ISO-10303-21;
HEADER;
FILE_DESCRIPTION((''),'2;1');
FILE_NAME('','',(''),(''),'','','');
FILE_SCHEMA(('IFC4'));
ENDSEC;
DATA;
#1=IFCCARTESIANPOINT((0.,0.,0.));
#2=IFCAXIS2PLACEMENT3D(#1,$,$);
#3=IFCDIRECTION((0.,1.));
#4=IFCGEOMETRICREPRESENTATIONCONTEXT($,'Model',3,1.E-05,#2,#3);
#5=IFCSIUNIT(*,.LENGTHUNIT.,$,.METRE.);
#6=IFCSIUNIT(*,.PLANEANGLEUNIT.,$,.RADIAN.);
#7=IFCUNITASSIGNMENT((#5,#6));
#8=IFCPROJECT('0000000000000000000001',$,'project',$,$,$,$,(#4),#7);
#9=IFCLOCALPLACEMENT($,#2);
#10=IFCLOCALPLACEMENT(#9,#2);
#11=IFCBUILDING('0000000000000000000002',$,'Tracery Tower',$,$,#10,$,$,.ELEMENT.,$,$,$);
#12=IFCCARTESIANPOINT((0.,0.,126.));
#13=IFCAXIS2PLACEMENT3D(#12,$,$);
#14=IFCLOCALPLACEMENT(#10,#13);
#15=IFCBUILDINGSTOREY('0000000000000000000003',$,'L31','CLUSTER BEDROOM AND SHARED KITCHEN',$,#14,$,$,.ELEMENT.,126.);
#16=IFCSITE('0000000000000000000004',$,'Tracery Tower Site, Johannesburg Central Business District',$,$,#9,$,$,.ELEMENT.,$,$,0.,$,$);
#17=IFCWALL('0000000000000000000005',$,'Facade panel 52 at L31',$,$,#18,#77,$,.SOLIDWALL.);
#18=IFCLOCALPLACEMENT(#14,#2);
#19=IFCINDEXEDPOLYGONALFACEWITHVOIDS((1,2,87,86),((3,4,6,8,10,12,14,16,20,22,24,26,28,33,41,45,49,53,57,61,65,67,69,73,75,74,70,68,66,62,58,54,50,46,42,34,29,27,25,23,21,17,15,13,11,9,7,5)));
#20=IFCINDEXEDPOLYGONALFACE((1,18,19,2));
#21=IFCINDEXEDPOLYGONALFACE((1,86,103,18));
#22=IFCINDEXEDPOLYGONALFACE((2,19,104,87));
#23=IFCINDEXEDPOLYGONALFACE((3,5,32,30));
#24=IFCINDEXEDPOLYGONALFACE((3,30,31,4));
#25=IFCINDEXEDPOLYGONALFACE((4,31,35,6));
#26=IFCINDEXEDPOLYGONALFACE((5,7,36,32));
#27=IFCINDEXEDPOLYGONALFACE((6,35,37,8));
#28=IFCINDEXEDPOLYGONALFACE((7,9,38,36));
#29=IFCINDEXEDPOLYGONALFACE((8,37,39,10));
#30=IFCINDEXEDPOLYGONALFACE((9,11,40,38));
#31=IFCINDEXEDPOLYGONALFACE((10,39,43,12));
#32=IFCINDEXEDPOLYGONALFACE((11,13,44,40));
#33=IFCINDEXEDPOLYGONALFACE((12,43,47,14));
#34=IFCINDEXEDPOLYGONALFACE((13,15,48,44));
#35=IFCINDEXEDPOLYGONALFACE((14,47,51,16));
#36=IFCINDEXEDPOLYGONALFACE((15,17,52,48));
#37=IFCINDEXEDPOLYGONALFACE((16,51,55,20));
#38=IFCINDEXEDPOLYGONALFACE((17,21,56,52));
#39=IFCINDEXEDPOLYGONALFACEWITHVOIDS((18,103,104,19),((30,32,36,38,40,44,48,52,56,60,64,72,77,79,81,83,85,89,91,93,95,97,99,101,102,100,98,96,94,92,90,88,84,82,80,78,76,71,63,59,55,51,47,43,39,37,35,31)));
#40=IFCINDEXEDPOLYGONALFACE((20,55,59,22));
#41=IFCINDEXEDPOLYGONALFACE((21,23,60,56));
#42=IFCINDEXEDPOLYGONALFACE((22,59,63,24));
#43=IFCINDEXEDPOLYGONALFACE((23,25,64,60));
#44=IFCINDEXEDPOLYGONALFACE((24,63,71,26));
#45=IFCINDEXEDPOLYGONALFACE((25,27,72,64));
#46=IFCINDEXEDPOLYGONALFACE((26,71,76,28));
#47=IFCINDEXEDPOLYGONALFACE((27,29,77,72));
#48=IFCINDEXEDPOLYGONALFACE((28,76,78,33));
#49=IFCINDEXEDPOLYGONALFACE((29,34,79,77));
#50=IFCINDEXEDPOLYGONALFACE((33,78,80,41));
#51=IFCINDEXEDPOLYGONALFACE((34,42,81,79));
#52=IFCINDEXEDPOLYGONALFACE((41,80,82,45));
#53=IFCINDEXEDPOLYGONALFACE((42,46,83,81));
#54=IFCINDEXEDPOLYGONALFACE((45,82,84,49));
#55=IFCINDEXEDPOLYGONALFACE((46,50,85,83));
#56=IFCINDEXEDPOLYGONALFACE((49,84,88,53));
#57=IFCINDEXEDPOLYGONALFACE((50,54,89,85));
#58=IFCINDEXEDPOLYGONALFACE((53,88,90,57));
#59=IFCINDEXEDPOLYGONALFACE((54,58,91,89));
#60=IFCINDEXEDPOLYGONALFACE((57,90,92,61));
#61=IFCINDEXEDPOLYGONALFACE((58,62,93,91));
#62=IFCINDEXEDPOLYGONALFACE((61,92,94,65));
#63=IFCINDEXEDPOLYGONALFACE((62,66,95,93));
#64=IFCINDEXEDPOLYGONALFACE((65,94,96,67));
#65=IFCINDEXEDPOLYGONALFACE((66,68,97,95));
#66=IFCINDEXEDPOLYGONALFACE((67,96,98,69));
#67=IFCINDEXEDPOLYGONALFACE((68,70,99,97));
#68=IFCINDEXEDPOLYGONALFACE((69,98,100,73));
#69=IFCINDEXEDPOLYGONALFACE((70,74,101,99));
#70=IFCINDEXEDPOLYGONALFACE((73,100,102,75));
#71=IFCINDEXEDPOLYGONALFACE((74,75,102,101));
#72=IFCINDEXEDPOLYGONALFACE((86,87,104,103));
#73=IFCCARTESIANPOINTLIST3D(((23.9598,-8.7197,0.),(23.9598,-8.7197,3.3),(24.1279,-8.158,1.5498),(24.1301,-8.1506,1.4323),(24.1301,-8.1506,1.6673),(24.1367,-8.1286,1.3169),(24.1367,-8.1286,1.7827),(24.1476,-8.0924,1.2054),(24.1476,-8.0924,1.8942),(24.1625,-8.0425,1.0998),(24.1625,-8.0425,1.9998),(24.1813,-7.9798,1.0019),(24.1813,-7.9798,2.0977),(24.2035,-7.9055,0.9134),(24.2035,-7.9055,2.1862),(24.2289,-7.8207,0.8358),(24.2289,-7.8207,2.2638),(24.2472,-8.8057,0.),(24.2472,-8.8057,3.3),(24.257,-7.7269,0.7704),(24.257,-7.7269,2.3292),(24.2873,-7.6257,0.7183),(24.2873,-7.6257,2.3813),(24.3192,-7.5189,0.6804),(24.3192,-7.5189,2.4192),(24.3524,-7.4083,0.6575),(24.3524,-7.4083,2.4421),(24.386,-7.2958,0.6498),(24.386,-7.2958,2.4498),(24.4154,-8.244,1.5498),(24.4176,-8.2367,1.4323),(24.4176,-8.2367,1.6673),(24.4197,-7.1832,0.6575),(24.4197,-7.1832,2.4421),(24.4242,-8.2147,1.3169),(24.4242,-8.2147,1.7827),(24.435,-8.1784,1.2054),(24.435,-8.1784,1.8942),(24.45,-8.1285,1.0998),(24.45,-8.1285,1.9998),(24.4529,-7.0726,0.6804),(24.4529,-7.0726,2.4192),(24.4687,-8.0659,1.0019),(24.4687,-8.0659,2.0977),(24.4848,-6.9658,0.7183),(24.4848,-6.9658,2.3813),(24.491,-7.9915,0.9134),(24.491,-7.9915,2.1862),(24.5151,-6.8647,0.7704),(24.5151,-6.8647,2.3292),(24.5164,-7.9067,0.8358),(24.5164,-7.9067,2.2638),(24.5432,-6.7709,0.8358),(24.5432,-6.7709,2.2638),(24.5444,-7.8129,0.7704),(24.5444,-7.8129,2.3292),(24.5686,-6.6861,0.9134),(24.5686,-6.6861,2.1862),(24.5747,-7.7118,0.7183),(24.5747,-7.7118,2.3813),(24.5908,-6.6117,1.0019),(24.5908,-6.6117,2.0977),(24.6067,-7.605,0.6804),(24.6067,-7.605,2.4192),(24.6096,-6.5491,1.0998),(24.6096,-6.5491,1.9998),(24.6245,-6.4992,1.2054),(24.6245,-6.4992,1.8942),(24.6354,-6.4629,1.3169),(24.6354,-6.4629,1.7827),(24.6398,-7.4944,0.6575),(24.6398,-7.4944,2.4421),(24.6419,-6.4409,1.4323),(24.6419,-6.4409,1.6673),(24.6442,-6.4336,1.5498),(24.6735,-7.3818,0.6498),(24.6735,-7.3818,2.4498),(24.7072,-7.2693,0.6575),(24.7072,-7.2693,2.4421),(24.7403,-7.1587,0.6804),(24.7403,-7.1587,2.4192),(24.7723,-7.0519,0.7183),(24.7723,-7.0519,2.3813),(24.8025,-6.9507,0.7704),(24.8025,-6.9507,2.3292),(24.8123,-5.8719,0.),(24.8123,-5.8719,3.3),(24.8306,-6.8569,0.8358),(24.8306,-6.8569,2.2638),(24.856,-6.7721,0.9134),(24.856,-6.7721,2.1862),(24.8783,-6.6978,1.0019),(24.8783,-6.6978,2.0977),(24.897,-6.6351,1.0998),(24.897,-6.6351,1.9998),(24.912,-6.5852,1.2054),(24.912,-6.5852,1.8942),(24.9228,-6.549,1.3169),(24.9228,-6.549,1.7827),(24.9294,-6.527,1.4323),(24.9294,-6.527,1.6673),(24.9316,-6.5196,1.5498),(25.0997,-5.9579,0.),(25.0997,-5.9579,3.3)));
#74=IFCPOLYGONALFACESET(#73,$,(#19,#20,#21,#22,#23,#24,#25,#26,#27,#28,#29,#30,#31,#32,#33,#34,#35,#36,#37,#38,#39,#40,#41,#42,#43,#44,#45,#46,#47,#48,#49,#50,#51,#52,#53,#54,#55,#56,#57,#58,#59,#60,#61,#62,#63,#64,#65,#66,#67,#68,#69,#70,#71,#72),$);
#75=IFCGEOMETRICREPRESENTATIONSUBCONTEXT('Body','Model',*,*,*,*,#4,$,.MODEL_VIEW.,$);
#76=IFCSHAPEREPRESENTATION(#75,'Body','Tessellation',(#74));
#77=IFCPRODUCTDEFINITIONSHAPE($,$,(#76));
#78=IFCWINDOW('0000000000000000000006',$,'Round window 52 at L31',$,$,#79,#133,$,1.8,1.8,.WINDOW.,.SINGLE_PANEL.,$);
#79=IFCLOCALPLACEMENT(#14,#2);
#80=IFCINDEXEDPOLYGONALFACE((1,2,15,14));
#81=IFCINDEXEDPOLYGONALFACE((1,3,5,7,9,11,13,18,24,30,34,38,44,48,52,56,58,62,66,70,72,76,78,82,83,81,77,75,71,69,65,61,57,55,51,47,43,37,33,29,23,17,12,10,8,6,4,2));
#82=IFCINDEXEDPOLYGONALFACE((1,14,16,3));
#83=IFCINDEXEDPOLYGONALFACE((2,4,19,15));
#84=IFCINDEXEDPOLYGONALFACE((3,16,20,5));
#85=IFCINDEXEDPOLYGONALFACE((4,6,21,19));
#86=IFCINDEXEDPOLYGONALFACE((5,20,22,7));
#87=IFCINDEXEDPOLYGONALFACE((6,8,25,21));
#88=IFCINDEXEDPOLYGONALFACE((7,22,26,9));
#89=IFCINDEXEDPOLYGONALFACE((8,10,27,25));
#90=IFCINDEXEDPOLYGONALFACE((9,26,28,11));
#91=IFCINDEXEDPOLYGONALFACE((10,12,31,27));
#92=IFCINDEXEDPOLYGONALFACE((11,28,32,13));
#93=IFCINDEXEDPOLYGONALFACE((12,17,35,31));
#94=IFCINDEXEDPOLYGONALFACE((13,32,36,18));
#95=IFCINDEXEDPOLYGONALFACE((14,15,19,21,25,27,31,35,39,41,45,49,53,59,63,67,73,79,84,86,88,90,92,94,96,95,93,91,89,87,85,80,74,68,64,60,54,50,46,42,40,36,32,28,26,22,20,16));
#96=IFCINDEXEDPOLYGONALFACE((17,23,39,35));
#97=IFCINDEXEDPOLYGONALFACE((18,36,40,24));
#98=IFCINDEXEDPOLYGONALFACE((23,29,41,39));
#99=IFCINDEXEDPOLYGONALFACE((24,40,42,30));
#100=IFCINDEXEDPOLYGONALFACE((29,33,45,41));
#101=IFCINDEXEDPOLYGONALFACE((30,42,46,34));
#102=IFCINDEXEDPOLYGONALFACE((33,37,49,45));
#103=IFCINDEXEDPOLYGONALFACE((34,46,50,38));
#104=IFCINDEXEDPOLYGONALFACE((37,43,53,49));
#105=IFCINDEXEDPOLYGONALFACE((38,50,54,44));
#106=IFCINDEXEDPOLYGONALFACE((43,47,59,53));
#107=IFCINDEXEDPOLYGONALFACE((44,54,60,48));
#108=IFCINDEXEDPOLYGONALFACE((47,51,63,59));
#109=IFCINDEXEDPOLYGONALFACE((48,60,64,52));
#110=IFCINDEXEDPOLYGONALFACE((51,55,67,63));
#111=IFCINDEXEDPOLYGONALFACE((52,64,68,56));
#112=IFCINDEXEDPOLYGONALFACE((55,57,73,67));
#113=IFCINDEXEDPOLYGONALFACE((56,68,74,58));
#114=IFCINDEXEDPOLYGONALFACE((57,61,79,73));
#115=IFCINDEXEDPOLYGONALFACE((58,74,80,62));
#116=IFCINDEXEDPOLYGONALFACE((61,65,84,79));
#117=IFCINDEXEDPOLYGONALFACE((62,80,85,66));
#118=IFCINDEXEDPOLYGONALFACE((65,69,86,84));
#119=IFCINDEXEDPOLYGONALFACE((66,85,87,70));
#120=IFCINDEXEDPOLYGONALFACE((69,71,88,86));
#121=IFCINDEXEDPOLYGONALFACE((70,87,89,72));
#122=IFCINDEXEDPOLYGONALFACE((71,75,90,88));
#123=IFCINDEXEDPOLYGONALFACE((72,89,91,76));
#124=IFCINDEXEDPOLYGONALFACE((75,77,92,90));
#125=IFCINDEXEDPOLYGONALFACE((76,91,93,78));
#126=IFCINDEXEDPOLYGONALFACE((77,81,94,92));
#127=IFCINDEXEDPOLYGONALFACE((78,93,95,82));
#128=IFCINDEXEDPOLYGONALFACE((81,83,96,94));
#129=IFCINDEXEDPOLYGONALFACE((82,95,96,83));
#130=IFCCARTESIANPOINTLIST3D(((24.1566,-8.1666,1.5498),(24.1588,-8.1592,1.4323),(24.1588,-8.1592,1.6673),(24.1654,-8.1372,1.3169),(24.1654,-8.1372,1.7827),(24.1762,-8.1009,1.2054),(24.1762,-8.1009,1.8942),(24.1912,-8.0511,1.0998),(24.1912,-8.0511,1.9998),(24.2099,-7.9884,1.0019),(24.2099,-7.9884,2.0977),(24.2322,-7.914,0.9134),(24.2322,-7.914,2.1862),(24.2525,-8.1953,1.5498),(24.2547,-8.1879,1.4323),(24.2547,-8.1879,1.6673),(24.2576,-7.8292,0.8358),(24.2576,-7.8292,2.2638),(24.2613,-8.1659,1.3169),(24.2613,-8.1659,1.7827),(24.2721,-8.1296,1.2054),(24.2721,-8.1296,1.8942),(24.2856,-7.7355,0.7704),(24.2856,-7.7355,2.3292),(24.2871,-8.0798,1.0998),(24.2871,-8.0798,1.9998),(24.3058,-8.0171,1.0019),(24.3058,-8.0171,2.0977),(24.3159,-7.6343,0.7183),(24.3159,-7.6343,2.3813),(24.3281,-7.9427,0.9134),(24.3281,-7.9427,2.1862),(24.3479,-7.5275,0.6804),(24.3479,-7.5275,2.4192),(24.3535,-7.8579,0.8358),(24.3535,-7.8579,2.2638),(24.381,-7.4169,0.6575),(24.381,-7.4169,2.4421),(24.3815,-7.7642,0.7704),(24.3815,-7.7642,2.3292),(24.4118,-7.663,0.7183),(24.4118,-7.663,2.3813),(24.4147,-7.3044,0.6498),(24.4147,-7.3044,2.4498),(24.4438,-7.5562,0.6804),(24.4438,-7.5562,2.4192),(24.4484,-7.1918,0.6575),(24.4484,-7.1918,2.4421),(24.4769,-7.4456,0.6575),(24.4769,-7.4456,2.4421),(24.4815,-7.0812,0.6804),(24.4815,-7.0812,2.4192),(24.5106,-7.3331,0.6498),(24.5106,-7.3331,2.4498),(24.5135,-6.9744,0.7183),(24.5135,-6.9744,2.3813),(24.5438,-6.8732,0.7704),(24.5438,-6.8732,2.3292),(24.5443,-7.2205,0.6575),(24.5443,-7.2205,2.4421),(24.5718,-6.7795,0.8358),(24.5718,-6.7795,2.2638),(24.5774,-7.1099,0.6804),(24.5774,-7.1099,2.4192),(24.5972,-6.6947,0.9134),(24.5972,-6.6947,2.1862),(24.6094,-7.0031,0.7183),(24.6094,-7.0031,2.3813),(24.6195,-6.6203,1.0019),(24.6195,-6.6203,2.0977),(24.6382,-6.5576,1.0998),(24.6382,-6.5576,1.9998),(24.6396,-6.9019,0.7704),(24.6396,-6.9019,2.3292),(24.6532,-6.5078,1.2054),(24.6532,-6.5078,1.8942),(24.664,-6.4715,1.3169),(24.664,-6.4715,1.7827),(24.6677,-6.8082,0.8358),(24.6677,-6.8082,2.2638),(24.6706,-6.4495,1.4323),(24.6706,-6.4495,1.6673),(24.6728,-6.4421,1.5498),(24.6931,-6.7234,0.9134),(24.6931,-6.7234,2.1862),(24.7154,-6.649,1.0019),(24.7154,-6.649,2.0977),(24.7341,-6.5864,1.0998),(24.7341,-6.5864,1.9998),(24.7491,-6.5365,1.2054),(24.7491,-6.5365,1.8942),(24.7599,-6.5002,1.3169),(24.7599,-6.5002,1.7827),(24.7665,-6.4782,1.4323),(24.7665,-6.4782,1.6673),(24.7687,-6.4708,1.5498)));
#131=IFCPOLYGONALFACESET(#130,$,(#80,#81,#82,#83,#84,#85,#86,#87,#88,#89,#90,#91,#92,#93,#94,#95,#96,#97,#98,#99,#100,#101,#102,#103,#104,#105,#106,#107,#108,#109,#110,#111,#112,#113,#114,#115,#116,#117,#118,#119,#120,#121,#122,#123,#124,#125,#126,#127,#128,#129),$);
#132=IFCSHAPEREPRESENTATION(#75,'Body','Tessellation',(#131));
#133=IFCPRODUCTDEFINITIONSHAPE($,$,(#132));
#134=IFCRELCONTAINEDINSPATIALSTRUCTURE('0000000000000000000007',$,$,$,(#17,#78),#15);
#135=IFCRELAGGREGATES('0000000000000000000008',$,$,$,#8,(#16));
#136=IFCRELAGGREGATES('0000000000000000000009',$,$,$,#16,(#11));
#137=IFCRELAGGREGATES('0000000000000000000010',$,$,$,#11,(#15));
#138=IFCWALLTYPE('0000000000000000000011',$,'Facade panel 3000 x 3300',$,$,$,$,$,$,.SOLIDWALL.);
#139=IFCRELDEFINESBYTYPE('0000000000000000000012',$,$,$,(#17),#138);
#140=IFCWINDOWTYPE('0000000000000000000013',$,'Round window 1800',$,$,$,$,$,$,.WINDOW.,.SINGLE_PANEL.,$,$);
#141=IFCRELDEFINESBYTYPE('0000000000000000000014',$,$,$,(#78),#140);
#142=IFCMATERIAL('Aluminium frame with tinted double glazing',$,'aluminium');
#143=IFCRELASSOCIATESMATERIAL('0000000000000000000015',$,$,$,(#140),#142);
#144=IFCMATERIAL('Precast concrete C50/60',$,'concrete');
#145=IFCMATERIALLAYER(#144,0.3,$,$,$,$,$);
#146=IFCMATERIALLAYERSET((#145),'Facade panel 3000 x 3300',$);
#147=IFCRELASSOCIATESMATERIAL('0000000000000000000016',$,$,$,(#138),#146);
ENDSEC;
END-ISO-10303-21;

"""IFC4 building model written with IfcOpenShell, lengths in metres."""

from ifc_helpers import new_model, si_unit, direction, frame, frame_2d, origin, origin_2d, place, context, subcontext, project, spatial, rectangle, circle, extrude, material, layer, layer_set, type_object, element, fill, save


model = new_model("IFC4")

# Units and contexts
model_context = context("Model", 3, precision=1e-05, world=origin(), true_north=direction((0.0, 1.0)))
body_context = subcontext(model_context, "Body", "Model", "MODEL_VIEW")
ifc_project = project(units=[si_unit("LENGTHUNIT", "METRE"), si_unit("PLANEANGLEUNIT", "RADIAN")], contexts=[model_context])

# Site, building, storey
site_placement = place(None, origin())
site = spatial("IfcSite", under=ifc_project, at=site_placement, Name="Tracery Tower Site, Johannesburg Central Business District", CompositionType="ELEMENT", RefElevation=0.0)
building_placement = place(site_placement, origin())
building = spatial("IfcBuilding", under=site, at=building_placement, Name="Tracery Tower", CompositionType="ELEMENT")
storey_placement = place(building_placement, frame((0.0, 0.0, 126.0)))
storey = spatial("IfcBuildingStorey", under=building, at=storey_placement, Name="L31", Description="CLUSTER BEDROOM AND SHARED KITCHEN", CompositionType="ELEMENT", Elevation=126.0)

# Wall, opening, window
ifc_material_1 = material(Name="Aluminium frame with tinted double glazing", Category="aluminium")
window_type = type_object("IfcWindowType", Name="Round window 1800", PartitioningType="SINGLE_PANEL", PredefinedType="WINDOW", material=ifc_material_1)
ifc_material_2 = material(Name="Precast concrete C50/60", Category="concrete")
ifc_layer_1 = layer(ifc_material_2, 0.3)
ifc_layer_set_1 = layer_set([ifc_layer_1], Name="Facade panel 3000 x 3300")
wall_type_1 = type_object("IfcWallType", Name="Facade panel 3000 x 3300", PredefinedType="SOLIDWALL", material=ifc_layer_set_1)
wall_1_placement = place(storey_placement, frame((24.1035, -8.7627, 0.0), z_axis=(0.0, 0.0, 1.0), x_axis=(0.286783, 0.957996, 0.0)))
wall_1 = element("IfcWall", 1, at=wall_1_placement, inside=storey, type_object=wall_type_1, Name="Facade panel 52 at L31", PredefinedType="SOLIDWALL", context=body_context, shape_type="SweptSolid", body=[
    extrude(rectangle(XDim=2.9727, YDim=0.3, at=frame_2d((1.4863, 0.0))), origin(), (0.0, 0.0, 1.0), 3.3),
])
opening_1_placement = place(wall_1_placement, frame((1.4863, 0.0, 1.5498)))
opening_1 = element("IfcOpeningElement", 2, at=opening_1_placement, cuts=wall_1, PredefinedType="OPENING", context=body_context, shape_type="SweptSolid", body=[
    extrude(circle(Radius=0.9, at=origin_2d()), frame((0.0, 0.1599, 0.0), z_axis=(0.0, -1.0, 0.0), x_axis=(1.0, 0.0, 0.0)), (0.0, 0.0, 1.0), 0.3201),
])
window_1_placement = place(opening_1_placement, origin())
window_1 = element("IfcWindow", 3, at=window_1_placement, inside=storey, type_object=window_type, Name="Round window 52 at L31", OverallHeight=1.8, OverallWidth=1.8, PartitioningType="SINGLE_PANEL", PredefinedType="WINDOW", context=body_context, shape_type="SweptSolid", body=[
    extrude(circle(Radius=0.9, at=origin_2d()), frame((0.0, 0.1201, 0.0), z_axis=(0.0, -1.0, 0.0), x_axis=(1.0, 0.0, 0.0)), (0.0, 0.0, 1.0), 0.1001),
])
fill(opening_1, window_1)

save(model, "model.ifc")
